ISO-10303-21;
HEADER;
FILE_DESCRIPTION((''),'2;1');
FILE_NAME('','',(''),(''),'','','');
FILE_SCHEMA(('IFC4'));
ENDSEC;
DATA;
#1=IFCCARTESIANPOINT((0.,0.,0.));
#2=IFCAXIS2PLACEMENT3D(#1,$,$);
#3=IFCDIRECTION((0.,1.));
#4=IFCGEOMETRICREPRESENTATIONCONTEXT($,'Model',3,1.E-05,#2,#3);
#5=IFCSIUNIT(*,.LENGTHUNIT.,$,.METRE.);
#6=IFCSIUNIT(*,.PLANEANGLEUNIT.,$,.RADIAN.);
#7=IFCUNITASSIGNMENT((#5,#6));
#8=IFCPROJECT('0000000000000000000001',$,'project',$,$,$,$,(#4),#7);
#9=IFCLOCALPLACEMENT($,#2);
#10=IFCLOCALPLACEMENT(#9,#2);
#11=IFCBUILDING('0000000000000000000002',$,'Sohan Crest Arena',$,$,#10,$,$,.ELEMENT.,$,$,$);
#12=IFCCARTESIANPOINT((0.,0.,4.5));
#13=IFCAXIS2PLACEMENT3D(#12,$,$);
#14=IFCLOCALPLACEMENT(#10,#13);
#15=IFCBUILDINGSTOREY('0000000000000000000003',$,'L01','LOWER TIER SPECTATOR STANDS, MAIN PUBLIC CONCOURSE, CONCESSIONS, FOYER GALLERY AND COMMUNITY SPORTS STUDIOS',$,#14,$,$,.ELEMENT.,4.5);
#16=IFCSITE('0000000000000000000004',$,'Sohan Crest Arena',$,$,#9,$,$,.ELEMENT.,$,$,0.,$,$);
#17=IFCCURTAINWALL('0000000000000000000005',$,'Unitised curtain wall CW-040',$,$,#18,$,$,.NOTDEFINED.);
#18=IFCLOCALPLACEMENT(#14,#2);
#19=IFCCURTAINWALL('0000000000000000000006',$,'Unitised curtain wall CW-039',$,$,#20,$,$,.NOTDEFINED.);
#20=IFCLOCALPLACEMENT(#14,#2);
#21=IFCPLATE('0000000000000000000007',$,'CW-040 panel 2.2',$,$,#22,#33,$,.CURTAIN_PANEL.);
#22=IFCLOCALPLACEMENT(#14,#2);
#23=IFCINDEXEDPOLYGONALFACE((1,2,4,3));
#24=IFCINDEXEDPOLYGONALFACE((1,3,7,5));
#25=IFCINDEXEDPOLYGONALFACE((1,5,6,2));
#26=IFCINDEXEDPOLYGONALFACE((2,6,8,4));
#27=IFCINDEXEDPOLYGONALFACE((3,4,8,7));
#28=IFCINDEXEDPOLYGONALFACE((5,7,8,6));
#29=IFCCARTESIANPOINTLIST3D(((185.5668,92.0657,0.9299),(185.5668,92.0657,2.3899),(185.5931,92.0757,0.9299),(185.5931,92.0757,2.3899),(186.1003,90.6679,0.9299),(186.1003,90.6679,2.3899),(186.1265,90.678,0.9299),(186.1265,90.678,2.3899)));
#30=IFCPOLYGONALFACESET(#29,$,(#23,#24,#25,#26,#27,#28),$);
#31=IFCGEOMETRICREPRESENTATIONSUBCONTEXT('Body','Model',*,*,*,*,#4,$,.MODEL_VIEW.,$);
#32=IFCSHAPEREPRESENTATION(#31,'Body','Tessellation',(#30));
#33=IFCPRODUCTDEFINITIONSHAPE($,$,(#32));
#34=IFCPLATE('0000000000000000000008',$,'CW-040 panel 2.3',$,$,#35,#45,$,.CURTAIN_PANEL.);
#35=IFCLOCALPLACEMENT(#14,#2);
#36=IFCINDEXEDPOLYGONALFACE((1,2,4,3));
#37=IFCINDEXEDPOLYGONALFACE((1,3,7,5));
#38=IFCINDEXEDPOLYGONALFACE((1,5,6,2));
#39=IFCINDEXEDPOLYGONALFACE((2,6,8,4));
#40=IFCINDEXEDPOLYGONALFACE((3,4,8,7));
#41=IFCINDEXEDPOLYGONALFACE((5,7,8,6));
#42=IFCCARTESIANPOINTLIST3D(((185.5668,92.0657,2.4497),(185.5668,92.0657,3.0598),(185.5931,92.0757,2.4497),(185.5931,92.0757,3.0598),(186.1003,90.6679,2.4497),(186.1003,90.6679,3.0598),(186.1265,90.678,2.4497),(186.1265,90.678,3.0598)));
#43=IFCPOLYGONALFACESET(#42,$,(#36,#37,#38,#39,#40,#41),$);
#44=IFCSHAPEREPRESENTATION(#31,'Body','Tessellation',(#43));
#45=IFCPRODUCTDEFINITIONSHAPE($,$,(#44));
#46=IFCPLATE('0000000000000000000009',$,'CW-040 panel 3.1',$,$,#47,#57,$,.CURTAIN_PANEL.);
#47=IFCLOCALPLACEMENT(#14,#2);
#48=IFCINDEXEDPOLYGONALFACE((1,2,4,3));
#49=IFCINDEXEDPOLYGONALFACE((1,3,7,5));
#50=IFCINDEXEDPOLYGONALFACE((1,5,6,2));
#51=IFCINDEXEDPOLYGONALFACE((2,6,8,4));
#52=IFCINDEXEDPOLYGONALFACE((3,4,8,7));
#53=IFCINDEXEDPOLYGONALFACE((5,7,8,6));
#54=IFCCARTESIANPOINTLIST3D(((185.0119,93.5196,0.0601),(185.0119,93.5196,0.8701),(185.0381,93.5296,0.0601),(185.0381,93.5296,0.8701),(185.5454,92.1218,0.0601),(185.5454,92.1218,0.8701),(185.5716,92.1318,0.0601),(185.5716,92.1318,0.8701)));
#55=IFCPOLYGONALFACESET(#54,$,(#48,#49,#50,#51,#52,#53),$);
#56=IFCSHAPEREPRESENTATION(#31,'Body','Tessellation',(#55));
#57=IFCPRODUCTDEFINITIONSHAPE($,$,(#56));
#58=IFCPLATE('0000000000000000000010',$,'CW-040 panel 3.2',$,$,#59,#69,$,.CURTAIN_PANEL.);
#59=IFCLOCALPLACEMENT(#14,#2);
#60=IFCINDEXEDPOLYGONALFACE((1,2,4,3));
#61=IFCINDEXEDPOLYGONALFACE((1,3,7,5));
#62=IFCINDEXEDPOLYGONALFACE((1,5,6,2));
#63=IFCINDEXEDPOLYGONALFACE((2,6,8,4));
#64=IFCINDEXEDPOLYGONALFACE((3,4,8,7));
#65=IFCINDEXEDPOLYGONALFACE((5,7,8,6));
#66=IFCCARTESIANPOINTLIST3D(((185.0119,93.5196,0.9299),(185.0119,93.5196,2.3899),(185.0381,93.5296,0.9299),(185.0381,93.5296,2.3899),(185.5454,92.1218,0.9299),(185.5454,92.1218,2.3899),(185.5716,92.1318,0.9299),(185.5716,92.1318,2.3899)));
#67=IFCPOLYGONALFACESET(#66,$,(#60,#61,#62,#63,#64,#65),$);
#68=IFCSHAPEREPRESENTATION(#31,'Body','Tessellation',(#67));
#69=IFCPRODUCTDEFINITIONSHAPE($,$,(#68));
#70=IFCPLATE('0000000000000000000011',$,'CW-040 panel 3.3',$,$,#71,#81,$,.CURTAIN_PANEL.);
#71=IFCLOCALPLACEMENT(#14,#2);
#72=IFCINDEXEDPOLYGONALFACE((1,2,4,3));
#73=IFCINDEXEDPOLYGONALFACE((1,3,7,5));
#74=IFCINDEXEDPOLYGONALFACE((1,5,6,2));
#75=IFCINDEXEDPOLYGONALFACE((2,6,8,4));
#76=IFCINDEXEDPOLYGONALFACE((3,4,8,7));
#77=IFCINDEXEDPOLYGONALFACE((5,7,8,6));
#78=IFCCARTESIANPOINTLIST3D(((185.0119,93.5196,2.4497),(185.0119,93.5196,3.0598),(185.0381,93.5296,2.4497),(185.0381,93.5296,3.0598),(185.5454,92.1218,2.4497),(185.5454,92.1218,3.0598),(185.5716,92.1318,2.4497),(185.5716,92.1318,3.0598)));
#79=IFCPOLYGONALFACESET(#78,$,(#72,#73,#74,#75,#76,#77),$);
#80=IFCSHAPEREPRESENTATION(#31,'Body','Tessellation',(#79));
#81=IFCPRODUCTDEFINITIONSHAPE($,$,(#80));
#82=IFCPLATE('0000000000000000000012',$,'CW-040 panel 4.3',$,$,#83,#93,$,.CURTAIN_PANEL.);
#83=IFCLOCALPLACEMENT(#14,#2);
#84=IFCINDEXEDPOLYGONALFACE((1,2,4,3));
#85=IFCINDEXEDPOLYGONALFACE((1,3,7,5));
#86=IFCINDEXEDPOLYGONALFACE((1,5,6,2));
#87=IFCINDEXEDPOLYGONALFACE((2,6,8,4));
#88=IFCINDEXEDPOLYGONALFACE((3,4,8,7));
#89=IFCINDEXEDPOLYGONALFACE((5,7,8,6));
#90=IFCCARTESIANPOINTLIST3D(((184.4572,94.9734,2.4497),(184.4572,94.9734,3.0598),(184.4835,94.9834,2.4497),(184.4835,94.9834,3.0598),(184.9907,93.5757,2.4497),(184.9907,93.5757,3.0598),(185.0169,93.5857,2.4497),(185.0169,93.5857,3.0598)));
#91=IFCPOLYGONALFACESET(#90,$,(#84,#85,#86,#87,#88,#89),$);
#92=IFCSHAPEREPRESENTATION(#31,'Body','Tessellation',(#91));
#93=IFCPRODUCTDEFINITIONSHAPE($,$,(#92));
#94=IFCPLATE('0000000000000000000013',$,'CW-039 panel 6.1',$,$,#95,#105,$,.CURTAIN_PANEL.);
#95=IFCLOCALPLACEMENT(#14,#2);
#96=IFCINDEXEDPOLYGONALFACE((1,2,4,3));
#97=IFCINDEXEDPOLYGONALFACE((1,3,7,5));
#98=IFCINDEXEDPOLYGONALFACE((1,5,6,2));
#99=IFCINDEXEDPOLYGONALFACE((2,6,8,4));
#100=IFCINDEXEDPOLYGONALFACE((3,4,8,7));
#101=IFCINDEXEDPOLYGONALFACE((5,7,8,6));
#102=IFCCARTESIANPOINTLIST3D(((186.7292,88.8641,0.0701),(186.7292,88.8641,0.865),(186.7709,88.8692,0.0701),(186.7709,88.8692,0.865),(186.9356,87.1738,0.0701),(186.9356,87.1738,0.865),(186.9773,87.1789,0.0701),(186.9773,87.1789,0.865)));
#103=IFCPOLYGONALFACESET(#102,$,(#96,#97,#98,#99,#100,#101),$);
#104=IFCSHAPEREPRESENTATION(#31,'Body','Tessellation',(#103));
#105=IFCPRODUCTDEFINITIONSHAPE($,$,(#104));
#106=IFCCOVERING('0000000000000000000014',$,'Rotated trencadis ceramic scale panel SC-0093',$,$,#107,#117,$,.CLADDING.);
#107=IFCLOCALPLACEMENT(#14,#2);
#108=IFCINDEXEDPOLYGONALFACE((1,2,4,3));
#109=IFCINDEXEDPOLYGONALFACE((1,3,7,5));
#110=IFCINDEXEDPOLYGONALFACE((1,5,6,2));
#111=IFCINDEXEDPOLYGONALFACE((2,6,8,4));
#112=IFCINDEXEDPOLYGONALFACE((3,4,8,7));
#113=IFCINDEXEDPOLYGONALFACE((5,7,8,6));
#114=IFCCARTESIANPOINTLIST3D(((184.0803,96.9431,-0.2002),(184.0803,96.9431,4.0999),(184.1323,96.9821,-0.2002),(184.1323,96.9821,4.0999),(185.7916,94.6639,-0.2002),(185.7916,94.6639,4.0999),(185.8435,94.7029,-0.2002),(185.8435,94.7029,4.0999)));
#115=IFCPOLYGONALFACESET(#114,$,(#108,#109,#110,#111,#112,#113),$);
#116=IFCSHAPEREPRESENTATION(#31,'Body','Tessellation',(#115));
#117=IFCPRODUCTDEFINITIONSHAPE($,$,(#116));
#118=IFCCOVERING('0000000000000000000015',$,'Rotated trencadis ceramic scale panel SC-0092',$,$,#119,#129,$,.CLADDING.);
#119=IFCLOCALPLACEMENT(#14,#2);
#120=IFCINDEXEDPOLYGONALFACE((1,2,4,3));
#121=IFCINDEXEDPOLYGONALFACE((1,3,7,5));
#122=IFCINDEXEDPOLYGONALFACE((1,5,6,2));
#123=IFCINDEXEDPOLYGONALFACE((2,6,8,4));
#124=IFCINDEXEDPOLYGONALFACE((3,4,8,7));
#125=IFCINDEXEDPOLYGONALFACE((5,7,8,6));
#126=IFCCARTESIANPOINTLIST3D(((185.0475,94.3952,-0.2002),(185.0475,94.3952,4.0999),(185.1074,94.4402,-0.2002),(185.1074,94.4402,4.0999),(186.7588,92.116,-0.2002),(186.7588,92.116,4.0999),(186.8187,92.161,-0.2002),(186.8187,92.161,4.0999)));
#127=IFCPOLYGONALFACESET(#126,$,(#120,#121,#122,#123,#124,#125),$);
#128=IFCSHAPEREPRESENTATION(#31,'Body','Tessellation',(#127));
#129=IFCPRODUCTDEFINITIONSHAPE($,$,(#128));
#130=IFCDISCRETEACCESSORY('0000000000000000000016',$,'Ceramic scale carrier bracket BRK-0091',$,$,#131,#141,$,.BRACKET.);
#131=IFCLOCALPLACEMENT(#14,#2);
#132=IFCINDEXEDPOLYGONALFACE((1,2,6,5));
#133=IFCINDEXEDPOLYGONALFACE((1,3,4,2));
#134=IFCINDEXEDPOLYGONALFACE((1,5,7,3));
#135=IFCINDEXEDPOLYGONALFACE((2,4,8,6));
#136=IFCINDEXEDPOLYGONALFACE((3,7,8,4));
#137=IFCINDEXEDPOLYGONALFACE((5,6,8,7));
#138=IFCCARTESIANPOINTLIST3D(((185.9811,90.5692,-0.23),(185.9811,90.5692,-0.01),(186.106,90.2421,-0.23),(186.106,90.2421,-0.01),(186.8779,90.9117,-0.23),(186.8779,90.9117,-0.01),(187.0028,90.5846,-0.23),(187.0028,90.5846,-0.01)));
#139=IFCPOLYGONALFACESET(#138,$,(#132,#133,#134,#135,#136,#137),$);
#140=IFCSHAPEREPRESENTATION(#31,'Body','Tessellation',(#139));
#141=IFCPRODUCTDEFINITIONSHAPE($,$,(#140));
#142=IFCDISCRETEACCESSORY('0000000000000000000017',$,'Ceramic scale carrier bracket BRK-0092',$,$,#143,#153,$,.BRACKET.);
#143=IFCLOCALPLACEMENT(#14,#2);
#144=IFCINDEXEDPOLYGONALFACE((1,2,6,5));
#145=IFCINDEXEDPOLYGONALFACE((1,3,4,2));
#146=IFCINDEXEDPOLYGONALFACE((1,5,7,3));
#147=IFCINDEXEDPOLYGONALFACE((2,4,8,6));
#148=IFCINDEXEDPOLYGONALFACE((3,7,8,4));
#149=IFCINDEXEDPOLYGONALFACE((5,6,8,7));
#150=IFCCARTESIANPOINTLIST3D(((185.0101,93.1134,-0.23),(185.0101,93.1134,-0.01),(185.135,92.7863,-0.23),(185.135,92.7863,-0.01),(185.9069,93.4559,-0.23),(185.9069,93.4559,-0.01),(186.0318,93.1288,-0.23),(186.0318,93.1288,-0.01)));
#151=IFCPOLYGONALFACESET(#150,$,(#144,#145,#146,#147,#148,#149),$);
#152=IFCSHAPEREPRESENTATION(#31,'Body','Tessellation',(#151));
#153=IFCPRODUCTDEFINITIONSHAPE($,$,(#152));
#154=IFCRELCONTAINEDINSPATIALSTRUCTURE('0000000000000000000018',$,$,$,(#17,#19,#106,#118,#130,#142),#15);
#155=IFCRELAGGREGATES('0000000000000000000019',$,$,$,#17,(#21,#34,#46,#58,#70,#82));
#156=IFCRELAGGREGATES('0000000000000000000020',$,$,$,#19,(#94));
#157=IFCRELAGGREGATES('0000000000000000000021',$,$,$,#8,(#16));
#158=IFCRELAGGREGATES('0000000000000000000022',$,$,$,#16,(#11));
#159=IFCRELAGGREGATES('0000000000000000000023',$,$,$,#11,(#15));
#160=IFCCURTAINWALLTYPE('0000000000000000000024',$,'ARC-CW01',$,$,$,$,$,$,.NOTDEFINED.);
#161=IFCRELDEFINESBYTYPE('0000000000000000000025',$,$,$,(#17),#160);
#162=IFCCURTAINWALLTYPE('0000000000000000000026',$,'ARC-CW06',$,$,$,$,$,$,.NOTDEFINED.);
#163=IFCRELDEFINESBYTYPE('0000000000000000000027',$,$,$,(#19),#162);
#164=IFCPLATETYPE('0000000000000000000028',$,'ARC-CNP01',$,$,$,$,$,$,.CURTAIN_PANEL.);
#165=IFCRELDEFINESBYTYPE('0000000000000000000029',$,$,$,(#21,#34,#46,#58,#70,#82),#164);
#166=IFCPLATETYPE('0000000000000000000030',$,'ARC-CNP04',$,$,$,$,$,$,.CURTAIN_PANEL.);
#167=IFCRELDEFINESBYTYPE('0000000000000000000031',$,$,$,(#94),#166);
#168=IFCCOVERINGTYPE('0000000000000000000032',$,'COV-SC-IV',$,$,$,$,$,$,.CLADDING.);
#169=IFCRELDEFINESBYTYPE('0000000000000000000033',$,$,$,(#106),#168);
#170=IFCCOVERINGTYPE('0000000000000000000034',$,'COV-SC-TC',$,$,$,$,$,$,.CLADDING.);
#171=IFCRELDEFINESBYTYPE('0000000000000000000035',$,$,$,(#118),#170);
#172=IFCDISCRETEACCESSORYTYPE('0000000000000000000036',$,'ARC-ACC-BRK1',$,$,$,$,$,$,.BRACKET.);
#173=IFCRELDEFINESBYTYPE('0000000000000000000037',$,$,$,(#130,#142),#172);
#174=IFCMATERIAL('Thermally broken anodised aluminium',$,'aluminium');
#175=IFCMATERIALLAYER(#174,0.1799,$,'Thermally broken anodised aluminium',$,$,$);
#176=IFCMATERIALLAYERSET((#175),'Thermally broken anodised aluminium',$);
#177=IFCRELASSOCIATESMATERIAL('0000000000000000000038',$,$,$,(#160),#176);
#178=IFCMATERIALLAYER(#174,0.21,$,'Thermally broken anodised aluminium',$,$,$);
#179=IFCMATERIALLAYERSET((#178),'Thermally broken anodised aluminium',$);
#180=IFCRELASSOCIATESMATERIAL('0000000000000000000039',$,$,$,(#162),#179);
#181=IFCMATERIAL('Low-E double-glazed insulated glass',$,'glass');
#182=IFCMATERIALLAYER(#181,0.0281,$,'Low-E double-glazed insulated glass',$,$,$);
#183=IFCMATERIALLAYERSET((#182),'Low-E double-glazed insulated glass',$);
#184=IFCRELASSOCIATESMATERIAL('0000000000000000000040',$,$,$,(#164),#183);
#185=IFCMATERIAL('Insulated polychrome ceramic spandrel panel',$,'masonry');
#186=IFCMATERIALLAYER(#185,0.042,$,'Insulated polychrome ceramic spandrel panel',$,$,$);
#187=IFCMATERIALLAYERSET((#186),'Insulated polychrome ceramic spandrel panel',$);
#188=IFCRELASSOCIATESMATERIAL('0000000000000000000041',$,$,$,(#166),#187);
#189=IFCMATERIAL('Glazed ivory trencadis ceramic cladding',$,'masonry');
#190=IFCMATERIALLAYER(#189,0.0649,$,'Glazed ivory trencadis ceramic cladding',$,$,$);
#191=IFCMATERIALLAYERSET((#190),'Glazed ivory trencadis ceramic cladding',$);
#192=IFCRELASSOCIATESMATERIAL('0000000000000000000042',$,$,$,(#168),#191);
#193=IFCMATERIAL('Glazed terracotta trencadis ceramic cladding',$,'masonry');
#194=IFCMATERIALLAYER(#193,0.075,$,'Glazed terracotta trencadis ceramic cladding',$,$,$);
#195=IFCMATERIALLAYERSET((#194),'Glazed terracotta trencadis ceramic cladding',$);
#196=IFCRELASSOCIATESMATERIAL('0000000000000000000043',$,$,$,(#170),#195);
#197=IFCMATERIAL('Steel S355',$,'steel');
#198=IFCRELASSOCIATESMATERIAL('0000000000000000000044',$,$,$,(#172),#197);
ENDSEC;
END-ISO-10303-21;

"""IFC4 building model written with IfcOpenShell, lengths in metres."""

from ifc_helpers import new_model, si_unit, direction, frame, origin, origin_2d, place, context, subcontext, project, spatial, rectangle, extrude, material, layer, layer_set, type_object, element, aggregate, save


model = new_model("IFC4")

# Units and contexts
model_context = context("Model", 3, precision=1e-05, world=origin(), true_north=direction((0.0, 1.0)))
body_context = subcontext(model_context, "Body", "Model", "MODEL_VIEW")
ifc_project = project(units=[si_unit("LENGTHUNIT", "METRE"), si_unit("PLANEANGLEUNIT", "RADIAN")], contexts=[model_context])

# Site, building, storey
site_placement = place(None, origin())
site = spatial("IfcSite", under=ifc_project, at=site_placement, Name="Sohan Crest Arena", CompositionType="ELEMENT", RefElevation=0.0)
building_placement = place(site_placement, origin())
building = spatial("IfcBuilding", under=site, at=building_placement, Name="Sohan Crest Arena", CompositionType="ELEMENT")
storey_placement = place(building_placement, frame((0.0, 0.0, 4.5)))
storey = spatial("IfcBuildingStorey", under=building, at=storey_placement, Name="L01", Description="LOWER TIER SPECTATOR STANDS, MAIN PUBLIC CONCOURSE, CONCESSIONS, FOYER GALLERY AND COMMUNITY SPORTS STUDIOS", CompositionType="ELEMENT", Elevation=4.5)

# Shared definitions
ifc_material_1 = material(Name="Steel S355", Category="steel")

# Curtain wall
ifc_material_2 = material(Name="Thermally broken anodised aluminium", Category="aluminium")
ifc_layer_1 = layer(ifc_material_2, 0.1799, Name="Thermally broken anodised aluminium")
ifc_layer_set_1 = layer_set([ifc_layer_1], Name="Thermally broken anodised aluminium")
curtain_wall_type_1 = type_object("IfcCurtainWallType", Name="ARC-CW01", PredefinedType="NOTDEFINED", material=ifc_layer_set_1)
curtain_wall_1_placement = place(storey_placement, origin())
curtain_wall_1 = element("IfcCurtainWall", 1, at=curtain_wall_1_placement, inside=storey, type_object=curtain_wall_type_1, Name="Unitised curtain wall CW-040", PredefinedType="NOTDEFINED")

# Curtain wall
ifc_layer_2 = layer(ifc_material_2, 0.21, Name="Thermally broken anodised aluminium")
ifc_layer_set_2 = layer_set([ifc_layer_2], Name="Thermally broken anodised aluminium")
curtain_wall_type_2 = type_object("IfcCurtainWallType", Name="ARC-CW06", PredefinedType="NOTDEFINED", material=ifc_layer_set_2)
curtain_wall_2_placement = place(storey_placement, origin())
curtain_wall_2 = element("IfcCurtainWall", 2, at=curtain_wall_2_placement, inside=storey, type_object=curtain_wall_type_2, Name="Unitised curtain wall CW-039", PredefinedType="NOTDEFINED")

# Plates
ifc_material_3 = material(Name="Low-E double-glazed insulated glass", Category="glass")
ifc_layer_3 = layer(ifc_material_3, 0.0281, Name="Low-E double-glazed insulated glass")
ifc_layer_set_3 = layer_set([ifc_layer_3], Name="Low-E double-glazed insulated glass")
plate_type_1 = type_object("IfcPlateType", Name="ARC-CNP01", PredefinedType="CURTAIN_PANEL", material=ifc_layer_set_3)
plate_1_placement = place(storey_placement, frame((185.8467, 91.3718, 0.9299), z_axis=(0.0, 0.0, 1.0), x_axis=(-0.35656, 0.934272, 0.0)))
plate_1 = element("IfcPlate", 3, at=plate_1_placement, type_object=plate_type_1, Name="CW-040 panel 2.2", PredefinedType="CURTAIN_PANEL", context=body_context, shape_type="SweptSolid", body=[
    extrude(rectangle(XDim=1.4961, YDim=0.0281, at=origin_2d()), origin(), (0.0, 0.0, 1.0), 1.46),
])
plate_2_placement = place(storey_placement, frame((185.8467, 91.3718, 2.4497), z_axis=(0.0, 0.0, 1.0), x_axis=(-0.35656, 0.934272, 0.0)))
plate_2 = element("IfcPlate", 4, at=plate_2_placement, type_object=plate_type_1, Name="CW-040 panel 2.3", PredefinedType="CURTAIN_PANEL", context=body_context, shape_type="SweptSolid", body=[
    extrude(rectangle(XDim=1.4961, YDim=0.0281, at=origin_2d()), origin(), (0.0, 0.0, 1.0), 0.6101),
])
plate_3_placement = place(storey_placement, frame((185.2917, 92.8257, 0.0601), z_axis=(0.0, 0.0, 1.0), x_axis=(-0.35656, 0.934272, 0.0)))
plate_3 = element("IfcPlate", 5, at=plate_3_placement, type_object=plate_type_1, Name="CW-040 panel 3.1", PredefinedType="CURTAIN_PANEL", context=body_context, shape_type="SweptSolid", body=[
    extrude(rectangle(XDim=1.4961, YDim=0.0281, at=origin_2d()), origin(), (0.0, 0.0, 1.0), 0.8101),
])
plate_4_placement = place(storey_placement, frame((185.2917, 92.8257, 0.9299), z_axis=(0.0, 0.0, 1.0), x_axis=(-0.35656, 0.934272, 0.0)))
plate_4 = element("IfcPlate", 6, at=plate_4_placement, type_object=plate_type_1, Name="CW-040 panel 3.2", PredefinedType="CURTAIN_PANEL", context=body_context, shape_type="SweptSolid", body=[
    extrude(rectangle(XDim=1.4961, YDim=0.0281, at=origin_2d()), origin(), (0.0, 0.0, 1.0), 1.46),
])
plate_5_placement = place(storey_placement, frame((185.2917, 92.8257, 2.4497), z_axis=(0.0, 0.0, 1.0), x_axis=(-0.35656, 0.934272, 0.0)))
plate_5 = element("IfcPlate", 7, at=plate_5_placement, type_object=plate_type_1, Name="CW-040 panel 3.3", PredefinedType="CURTAIN_PANEL", context=body_context, shape_type="SweptSolid", body=[
    extrude(rectangle(XDim=1.4961, YDim=0.0281, at=origin_2d()), origin(), (0.0, 0.0, 1.0), 0.6101),
])
plate_6_placement = place(storey_placement, frame((184.7371, 94.2795, 2.4497), z_axis=(0.0, 0.0, 1.0), x_axis=(-0.35656, 0.934272, 0.0)))
plate_6 = element("IfcPlate", 8, at=plate_6_placement, type_object=plate_type_1, Name="CW-040 panel 4.3", PredefinedType="CURTAIN_PANEL", context=body_context, shape_type="SweptSolid", body=[
    extrude(rectangle(XDim=1.4961, YDim=0.0281, at=origin_2d()), origin(), (0.0, 0.0, 1.0), 0.6101),
])
aggregate(curtain_wall_1, [plate_1, plate_2, plate_3, plate_4, plate_5, plate_6])
ifc_material_4 = material(Name="Insulated polychrome ceramic spandrel panel", Category="masonry")
ifc_layer_4 = layer(ifc_material_4, 0.042, Name="Insulated polychrome ceramic spandrel panel")
ifc_layer_set_4 = layer_set([ifc_layer_4], Name="Insulated polychrome ceramic spandrel panel")
plate_type_2 = type_object("IfcPlateType", Name="ARC-CNP04", PredefinedType="CURTAIN_PANEL", material=ifc_layer_set_4)
plate_7_placement = place(storey_placement, frame((186.8533, 88.0215, 0.0701), z_axis=(0.0, 0.0, 1.0), x_axis=(-0.121187, 0.99263, 0.0)))
plate_7 = element("IfcPlate", 9, at=plate_7_placement, type_object=plate_type_2, Name="CW-039 panel 6.1", PredefinedType="CURTAIN_PANEL", context=body_context, shape_type="SweptSolid", body=[
    extrude(rectangle(XDim=1.7029, YDim=0.042, at=origin_2d()), origin(), (0.0, 0.0, 1.0), 0.7949),
])
aggregate(curtain_wall_2, [plate_7])

# Coverings
ifc_material_5 = material(Name="Glazed ivory trencadis ceramic cladding", Category="masonry")
ifc_layer_5 = layer(ifc_material_5, 0.0649, Name="Glazed ivory trencadis ceramic cladding")
ifc_layer_set_5 = layer_set([ifc_layer_5], Name="Glazed ivory trencadis ceramic cladding")
covering_type_1 = type_object("IfcCoveringType", Name="COV-SC-IV", PredefinedType="CLADDING", material=ifc_layer_set_5)
covering_1_placement = place(storey_placement, frame((184.9619, 95.823, -0.2002), z_axis=(0.0, 0.0, 1.0), x_axis=(-0.60042, 0.799685, 0.0)))
element("IfcCovering", 10, at=covering_1_placement, inside=storey, type_object=covering_type_1, Name="Rotated trencadis ceramic scale panel SC-0093", PredefinedType="CLADDING", context=body_context, shape_type="SweptSolid", body=[
    extrude(rectangle(XDim=2.8501, YDim=0.0649, at=origin_2d()), origin(), (0.0, 0.0, 1.0), 4.3),
])
ifc_material_6 = material(Name="Glazed terracotta trencadis ceramic cladding", Category="masonry")
ifc_layer_6 = layer(ifc_material_6, 0.075, Name="Glazed terracotta trencadis ceramic cladding")
ifc_layer_set_6 = layer_set([ifc_layer_6], Name="Glazed terracotta trencadis ceramic cladding")
covering_type_2 = type_object("IfcCoveringType", Name="COV-SC-TC", PredefinedType="CLADDING", material=ifc_layer_set_6)
covering_2_placement = place(storey_placement, frame((185.9331, 93.2781, -0.2002), z_axis=(0.0, 0.0, 1.0), x_axis=(-0.60042, 0.799685, 0.0)))
element("IfcCovering", 11, at=covering_2_placement, inside=storey, type_object=covering_type_2, Name="Rotated trencadis ceramic scale panel SC-0092", PredefinedType="CLADDING", context=body_context, shape_type="SweptSolid", body=[
    extrude(rectangle(XDim=2.8501, YDim=0.075, at=origin_2d()), origin(), (0.0, 0.0, 1.0), 4.3),
])

# Discrete accessories
discrete_accessory_type = type_object("IfcDiscreteAccessoryType", Name="ARC-ACC-BRK1", PredefinedType="BRACKET", material=ifc_material_1)
for number, where, z_axis, x_axis, name in (
    (12, (186.4919, 90.5769, -0.23), (0.0, 0.0, 1.0), (-0.356738, 0.934204, 0.0), "Ceramic scale carrier bracket BRK-0091"),
    (13, (185.521, 93.1211, -0.23), (0.0, 0.0, 1.0), (-0.356738, 0.934204, 0.0), "Ceramic scale carrier bracket BRK-0092"),
):
    element("IfcDiscreteAccessory", number, at=place(storey_placement, frame(where, z_axis=z_axis, x_axis=x_axis)), inside=storey, type_object=discrete_accessory_type, Name=name, PredefinedType="BRACKET", context=body_context, shape_type="SweptSolid", body=[
        extrude(rectangle(XDim=0.3501, YDim=0.96, at=origin_2d()), origin(), (0.0, 0.0, 1.0), 0.22),
    ])

save(model, "model.ifc")
